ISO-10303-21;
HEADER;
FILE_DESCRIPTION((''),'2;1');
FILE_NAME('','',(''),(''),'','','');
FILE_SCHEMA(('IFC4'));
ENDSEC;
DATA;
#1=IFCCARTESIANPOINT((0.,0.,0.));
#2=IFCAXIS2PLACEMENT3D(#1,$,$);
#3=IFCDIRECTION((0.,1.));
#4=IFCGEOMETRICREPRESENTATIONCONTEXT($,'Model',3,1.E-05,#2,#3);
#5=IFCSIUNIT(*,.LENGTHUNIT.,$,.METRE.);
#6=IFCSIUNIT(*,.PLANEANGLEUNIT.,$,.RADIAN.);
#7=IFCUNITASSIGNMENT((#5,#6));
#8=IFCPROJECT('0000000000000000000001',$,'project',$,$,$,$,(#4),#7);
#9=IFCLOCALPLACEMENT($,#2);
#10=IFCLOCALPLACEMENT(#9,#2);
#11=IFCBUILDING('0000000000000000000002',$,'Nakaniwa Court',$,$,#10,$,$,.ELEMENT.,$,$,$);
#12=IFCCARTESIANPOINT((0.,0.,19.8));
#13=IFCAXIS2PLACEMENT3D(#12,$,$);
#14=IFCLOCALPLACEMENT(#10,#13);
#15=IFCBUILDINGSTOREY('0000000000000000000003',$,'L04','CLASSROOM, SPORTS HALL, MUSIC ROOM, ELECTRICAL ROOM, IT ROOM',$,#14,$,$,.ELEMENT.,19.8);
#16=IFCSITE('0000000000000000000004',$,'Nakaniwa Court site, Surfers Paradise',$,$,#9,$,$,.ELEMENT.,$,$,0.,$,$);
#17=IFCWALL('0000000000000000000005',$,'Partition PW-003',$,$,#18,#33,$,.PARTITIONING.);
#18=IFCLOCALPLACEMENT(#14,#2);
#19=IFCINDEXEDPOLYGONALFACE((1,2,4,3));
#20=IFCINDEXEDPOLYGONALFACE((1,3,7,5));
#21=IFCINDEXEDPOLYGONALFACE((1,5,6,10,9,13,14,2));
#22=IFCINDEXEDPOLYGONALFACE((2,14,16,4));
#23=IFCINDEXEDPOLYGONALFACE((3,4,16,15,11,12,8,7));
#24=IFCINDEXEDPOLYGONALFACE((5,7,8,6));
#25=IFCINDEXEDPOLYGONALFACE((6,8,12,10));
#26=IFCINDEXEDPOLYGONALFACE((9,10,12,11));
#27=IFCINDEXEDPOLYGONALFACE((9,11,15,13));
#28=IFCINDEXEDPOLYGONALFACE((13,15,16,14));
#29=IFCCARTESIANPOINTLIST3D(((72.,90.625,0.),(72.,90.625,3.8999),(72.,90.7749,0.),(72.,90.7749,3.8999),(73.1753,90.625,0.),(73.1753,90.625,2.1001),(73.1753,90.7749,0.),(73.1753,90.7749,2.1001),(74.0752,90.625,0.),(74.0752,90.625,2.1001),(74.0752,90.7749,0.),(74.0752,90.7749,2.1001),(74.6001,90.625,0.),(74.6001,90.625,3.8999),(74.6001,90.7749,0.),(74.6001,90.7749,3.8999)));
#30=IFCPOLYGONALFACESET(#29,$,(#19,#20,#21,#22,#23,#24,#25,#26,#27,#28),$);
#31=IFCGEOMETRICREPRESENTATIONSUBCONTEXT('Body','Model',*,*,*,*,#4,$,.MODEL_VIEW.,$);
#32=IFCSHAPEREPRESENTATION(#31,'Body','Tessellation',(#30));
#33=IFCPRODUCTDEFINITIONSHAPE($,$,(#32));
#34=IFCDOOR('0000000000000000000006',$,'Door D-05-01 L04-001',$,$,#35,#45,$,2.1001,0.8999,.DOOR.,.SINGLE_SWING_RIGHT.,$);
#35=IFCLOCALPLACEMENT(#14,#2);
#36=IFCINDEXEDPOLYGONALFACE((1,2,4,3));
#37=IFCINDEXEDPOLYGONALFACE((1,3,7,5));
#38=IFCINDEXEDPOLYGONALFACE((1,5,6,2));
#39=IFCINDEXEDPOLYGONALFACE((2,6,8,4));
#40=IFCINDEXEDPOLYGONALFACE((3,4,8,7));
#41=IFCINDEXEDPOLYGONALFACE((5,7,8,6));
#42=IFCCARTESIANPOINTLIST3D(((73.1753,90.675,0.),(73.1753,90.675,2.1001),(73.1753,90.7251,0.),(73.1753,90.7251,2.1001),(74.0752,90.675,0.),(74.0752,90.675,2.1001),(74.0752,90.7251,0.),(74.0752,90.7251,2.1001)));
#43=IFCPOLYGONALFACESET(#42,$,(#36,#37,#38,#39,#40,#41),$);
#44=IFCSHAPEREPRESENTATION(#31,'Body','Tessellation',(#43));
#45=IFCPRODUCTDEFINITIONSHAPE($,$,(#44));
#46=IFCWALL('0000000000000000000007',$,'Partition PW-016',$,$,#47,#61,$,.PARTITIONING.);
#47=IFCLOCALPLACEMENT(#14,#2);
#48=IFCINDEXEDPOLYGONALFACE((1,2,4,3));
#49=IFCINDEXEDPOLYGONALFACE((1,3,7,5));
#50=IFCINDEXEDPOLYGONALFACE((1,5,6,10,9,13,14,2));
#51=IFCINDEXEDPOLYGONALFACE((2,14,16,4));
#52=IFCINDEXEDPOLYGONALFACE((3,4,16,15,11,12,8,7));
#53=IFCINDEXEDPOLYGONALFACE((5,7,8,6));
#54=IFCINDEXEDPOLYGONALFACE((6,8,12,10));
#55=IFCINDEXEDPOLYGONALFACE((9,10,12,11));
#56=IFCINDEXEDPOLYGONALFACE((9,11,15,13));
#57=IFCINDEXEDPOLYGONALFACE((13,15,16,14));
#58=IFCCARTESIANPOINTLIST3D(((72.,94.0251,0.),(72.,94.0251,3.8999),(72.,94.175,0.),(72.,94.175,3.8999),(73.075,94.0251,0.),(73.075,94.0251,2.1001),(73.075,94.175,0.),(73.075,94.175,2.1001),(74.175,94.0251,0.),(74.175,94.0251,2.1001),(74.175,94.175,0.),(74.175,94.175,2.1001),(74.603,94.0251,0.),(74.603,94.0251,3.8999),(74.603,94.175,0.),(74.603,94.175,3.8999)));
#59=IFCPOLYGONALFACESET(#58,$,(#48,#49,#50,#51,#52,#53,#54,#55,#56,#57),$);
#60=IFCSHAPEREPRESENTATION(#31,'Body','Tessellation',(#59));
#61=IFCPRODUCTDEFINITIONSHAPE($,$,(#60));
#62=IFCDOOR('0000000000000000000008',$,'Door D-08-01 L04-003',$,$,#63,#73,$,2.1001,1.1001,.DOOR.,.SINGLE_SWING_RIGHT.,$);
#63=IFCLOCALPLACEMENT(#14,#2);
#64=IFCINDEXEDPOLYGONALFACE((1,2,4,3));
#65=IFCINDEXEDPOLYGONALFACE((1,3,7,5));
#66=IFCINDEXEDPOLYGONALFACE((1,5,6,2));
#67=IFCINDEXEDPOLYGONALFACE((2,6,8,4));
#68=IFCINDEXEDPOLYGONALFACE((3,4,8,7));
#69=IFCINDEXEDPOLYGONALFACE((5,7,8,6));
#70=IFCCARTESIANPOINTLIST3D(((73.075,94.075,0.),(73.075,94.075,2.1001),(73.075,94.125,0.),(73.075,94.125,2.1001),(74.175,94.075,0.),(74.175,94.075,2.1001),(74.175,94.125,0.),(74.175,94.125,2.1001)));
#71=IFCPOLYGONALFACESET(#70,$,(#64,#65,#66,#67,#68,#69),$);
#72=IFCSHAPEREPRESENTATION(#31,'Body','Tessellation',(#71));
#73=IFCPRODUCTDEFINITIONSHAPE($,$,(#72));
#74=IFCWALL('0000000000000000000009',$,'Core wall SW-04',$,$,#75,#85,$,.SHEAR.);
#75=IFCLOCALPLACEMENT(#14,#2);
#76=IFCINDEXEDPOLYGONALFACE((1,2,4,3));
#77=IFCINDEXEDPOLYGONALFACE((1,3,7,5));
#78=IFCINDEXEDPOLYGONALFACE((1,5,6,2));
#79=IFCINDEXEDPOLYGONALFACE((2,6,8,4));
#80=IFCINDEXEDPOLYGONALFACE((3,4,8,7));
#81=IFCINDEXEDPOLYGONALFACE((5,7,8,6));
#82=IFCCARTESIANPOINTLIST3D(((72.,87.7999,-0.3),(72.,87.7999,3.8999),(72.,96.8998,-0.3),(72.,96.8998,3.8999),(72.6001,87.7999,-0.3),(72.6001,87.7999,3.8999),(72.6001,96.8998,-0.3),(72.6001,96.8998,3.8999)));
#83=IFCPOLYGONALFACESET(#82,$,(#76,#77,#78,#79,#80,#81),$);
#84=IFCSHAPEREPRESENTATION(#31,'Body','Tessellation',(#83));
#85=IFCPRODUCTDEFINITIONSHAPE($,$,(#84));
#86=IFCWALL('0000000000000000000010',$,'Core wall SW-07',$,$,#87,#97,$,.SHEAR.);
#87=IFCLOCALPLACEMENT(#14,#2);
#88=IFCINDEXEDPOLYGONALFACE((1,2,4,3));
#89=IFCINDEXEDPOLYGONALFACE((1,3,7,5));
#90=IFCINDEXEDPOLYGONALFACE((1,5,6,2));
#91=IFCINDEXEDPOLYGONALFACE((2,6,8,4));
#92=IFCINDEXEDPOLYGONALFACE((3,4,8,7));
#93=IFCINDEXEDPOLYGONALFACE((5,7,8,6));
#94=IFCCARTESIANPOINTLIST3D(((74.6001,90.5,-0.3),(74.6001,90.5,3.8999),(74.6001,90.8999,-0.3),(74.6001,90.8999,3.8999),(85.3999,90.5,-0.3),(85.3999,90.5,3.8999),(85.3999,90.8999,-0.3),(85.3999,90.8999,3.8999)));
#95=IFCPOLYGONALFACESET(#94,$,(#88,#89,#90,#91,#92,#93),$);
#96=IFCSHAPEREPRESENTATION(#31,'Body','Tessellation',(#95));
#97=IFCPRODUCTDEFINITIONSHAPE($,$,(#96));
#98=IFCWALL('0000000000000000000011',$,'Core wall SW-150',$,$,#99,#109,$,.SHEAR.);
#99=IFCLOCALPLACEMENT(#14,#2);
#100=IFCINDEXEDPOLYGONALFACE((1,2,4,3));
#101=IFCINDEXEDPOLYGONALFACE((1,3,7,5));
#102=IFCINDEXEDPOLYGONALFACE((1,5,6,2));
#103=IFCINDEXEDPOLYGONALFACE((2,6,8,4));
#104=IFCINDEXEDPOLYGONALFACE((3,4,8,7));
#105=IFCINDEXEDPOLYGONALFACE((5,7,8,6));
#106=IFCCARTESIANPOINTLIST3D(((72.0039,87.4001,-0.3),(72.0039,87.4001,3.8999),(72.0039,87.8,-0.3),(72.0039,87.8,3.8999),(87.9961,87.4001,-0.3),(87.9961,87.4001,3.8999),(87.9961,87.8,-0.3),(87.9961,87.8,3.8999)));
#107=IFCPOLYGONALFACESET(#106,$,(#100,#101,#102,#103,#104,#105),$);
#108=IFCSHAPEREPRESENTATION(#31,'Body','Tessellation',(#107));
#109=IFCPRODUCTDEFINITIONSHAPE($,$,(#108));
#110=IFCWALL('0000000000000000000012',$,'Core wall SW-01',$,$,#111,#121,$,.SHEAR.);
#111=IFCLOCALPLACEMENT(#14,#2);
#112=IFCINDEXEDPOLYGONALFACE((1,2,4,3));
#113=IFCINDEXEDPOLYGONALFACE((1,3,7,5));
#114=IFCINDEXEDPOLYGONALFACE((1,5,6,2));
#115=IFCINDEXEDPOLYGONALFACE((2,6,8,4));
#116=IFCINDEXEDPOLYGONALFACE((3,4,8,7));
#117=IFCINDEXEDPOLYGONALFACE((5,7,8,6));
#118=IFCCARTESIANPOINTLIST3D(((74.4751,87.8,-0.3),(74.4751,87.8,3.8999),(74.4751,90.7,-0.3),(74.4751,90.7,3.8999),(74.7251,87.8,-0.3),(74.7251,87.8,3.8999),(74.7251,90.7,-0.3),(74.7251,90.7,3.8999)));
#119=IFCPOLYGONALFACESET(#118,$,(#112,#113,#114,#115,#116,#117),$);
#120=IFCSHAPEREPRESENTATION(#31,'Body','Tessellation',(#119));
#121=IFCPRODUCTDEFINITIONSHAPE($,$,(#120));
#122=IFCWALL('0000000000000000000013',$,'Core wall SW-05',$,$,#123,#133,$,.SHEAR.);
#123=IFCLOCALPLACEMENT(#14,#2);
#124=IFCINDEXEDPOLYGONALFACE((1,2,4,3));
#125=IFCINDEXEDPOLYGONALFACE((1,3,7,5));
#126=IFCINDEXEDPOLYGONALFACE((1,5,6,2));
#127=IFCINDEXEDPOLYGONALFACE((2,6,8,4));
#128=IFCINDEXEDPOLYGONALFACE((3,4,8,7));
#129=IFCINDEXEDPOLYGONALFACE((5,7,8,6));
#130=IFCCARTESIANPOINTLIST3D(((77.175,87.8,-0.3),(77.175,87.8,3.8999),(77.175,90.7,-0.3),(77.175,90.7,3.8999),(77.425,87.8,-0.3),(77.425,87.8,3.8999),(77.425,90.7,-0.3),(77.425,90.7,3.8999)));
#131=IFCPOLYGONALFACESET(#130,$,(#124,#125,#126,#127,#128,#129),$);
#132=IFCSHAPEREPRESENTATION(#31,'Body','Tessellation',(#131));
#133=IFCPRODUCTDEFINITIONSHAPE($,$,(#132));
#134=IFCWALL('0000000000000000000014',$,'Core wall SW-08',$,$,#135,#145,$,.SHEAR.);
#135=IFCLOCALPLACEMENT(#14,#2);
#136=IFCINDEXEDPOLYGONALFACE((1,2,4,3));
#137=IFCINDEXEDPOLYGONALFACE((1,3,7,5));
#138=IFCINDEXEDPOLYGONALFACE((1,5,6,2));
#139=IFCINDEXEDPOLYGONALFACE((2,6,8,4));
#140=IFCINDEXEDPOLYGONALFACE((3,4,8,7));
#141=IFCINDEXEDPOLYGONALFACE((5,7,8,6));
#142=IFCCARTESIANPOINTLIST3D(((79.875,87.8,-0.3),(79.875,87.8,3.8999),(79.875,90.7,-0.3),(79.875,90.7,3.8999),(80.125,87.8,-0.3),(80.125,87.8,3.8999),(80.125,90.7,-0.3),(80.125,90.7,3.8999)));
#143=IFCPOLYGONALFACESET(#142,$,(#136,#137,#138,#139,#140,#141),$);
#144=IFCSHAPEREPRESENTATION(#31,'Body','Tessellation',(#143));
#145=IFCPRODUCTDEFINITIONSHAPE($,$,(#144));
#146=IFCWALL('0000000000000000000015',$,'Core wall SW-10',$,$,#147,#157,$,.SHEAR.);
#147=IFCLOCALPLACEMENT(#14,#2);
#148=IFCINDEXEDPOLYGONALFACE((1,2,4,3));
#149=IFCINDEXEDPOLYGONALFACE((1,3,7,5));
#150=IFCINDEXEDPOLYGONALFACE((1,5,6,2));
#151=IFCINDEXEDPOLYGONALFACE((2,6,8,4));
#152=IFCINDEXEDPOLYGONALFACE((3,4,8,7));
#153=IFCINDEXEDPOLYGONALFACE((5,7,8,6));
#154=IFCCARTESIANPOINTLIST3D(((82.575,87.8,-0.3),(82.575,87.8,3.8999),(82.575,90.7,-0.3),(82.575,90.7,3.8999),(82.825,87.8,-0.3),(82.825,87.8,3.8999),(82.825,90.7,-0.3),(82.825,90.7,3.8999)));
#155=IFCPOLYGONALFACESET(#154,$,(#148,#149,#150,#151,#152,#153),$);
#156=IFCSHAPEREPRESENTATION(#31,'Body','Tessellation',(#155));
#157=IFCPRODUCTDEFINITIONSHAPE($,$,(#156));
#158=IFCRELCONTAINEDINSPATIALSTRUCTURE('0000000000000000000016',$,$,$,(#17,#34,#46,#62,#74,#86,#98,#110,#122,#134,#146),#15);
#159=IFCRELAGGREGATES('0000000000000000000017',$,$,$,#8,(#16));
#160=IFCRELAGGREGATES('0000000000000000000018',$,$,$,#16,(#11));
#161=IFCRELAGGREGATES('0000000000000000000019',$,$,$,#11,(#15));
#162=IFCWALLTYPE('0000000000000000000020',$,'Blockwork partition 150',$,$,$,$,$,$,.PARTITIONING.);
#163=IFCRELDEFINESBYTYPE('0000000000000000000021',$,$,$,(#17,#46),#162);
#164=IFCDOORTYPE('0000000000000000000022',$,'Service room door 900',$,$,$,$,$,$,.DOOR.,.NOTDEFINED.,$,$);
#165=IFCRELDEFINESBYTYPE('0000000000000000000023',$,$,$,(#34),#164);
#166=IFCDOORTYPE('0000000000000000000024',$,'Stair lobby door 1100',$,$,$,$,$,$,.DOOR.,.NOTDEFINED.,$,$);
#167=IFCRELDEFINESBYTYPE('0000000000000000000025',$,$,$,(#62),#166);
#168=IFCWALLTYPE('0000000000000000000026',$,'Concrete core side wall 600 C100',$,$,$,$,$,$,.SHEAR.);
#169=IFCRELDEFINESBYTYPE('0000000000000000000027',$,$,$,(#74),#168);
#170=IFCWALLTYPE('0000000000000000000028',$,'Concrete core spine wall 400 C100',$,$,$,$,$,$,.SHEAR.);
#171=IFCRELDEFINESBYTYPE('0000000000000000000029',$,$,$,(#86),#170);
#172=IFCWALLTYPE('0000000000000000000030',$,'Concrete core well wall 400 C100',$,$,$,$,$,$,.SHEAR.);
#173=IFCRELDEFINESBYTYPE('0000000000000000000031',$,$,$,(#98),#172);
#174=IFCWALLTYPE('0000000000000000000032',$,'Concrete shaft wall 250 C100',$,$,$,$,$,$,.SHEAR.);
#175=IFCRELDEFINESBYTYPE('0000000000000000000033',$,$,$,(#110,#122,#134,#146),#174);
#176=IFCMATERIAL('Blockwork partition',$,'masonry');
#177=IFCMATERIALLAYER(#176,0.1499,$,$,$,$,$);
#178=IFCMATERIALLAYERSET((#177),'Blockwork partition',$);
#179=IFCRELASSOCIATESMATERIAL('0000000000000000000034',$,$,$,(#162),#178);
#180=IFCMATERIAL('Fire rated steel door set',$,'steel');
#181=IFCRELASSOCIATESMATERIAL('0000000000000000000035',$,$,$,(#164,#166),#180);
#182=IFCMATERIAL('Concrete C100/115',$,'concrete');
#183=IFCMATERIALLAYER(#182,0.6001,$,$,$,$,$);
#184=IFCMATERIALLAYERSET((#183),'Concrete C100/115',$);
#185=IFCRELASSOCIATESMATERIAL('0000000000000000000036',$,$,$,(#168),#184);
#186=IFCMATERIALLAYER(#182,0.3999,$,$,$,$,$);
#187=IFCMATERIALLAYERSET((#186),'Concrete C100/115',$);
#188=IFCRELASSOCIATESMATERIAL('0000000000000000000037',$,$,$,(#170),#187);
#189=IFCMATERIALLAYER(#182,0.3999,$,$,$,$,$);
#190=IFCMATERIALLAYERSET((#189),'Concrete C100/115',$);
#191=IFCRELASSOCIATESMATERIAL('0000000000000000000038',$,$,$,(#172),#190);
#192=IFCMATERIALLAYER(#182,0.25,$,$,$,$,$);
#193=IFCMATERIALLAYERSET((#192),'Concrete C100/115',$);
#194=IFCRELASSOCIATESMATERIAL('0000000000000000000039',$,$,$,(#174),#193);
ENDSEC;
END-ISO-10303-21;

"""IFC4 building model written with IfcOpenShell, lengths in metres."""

from ifc_helpers import new_model, si_unit, direction, frame, frame_2d, origin, place, context, subcontext, project, spatial, rectangle, extrude, material, layer, layer_set, type_object, element, fill, save


model = new_model("IFC4")

# Units and contexts
model_context = context("Model", 3, precision=1e-05, world=origin(), true_north=direction((0.0, 1.0)))
body_context = subcontext(model_context, "Body", "Model", "MODEL_VIEW")
ifc_project = project(units=[si_unit("LENGTHUNIT", "METRE"), si_unit("PLANEANGLEUNIT", "RADIAN")], contexts=[model_context])

# Site, building, storey
site_placement = place(None, origin())
site = spatial("IfcSite", under=ifc_project, at=site_placement, Name="Nakaniwa Court site, Surfers Paradise", CompositionType="ELEMENT", RefElevation=0.0)
building_placement = place(site_placement, origin())
building = spatial("IfcBuilding", under=site, at=building_placement, Name="Nakaniwa Court", CompositionType="ELEMENT")
storey_placement = place(building_placement, frame((0.0, 0.0, 19.8)))
storey = spatial("IfcBuildingStorey", under=building, at=storey_placement, Name="L04", Description="CLASSROOM, SPORTS HALL, MUSIC ROOM, ELECTRICAL ROOM, IT ROOM", CompositionType="ELEMENT", Elevation=19.8)

# Shared definitions
ifc_material_1 = material(Name="Concrete C100/115", Category="concrete")

# Walls, openings, doors
ifc_material_2 = material(Name="Blockwork partition", Category="masonry")
ifc_layer_1 = layer(ifc_material_2, 0.1499)
ifc_layer_set_1 = layer_set([ifc_layer_1], Name="Blockwork partition")
wall_type_1 = type_object("IfcWallType", Name="Blockwork partition 150", PredefinedType="PARTITIONING", material=ifc_layer_set_1)
wall_1_placement = place(storey_placement, frame((74.6001, 90.7, 0.0), z_axis=(0.0, 0.0, 1.0), x_axis=(-1.0, 0.0, 0.0)))
wall_1 = element("IfcWall", 1, at=wall_1_placement, inside=storey, type_object=wall_type_1, Name="Partition PW-003", PredefinedType="PARTITIONING", context=body_context, shape_type="SweptSolid", body=[
    extrude(rectangle(XDim=2.6001, YDim=0.1499, at=frame_2d((1.3, 0.0))), origin(), (0.0, 0.0, 1.0), 3.8999),
])
opening_1_placement = place(wall_1_placement, frame((0.5249, 0.0, 0.0)))
opening_1 = element("IfcOpeningElement", 2, at=opening_1_placement, cuts=wall_1, PredefinedType="OPENING", context=body_context, shape_type="SweptSolid", body=[
    extrude(rectangle(XDim=0.8999, YDim=2.1001, at=frame_2d((0.45, 1.05))), frame((0.0, 0.085, 0.0), z_axis=(0.0, -1.0, 0.0), x_axis=(1.0, 0.0, 0.0)), (0.0, 0.0, 1.0), 0.1699),
])
ifc_material_3 = material(Name="Fire rated steel door set", Category="steel")
door_type_1 = type_object("IfcDoorType", Name="Service room door 900", OperationType="NOTDEFINED", PredefinedType="DOOR", material=ifc_material_3)
door_1_placement = place(opening_1_placement, origin())
door_1 = element("IfcDoor", 3, at=door_1_placement, inside=storey, type_object=door_type_1, Name="Door D-05-01 L04-001", OperationType="SINGLE_SWING_RIGHT", OverallHeight=2.1001, OverallWidth=0.8999, PredefinedType="DOOR", context=body_context, shape_type="SweptSolid", body=[
    extrude(rectangle(XDim=0.8999, YDim=2.1001, at=frame_2d((0.45, 1.05))), frame((0.0, 0.0249, 0.0), z_axis=(0.0, -1.0, 0.0), x_axis=(1.0, 0.0, 0.0)), (0.0, 0.0, 1.0), 0.05),
])
fill(opening_1, door_1)
wall_2_placement = place(storey_placement, frame((72.0, 94.1001, 0.0), z_axis=(0.0, 0.0, 1.0), x_axis=(1.0, 0.0, 0.0)))
wall_2 = element("IfcWall", 4, at=wall_2_placement, inside=storey, type_object=wall_type_1, Name="Partition PW-016", PredefinedType="PARTITIONING", context=body_context, shape_type="SweptSolid", body=[
    extrude(rectangle(XDim=2.603, YDim=0.1499, at=frame_2d((1.3015, 0.0))), origin(), (0.0, 0.0, 1.0), 3.8999),
])
opening_2_placement = place(wall_2_placement, frame((1.075, 0.0, 0.0)))
opening_2 = element("IfcOpeningElement", 5, at=opening_2_placement, cuts=wall_2, PredefinedType="OPENING", context=body_context, shape_type="SweptSolid", body=[
    extrude(rectangle(XDim=1.1001, YDim=2.1001, at=frame_2d((0.55, 1.05))), frame((0.0, 0.085, 0.0), z_axis=(0.0, -1.0, 0.0), x_axis=(1.0, 0.0, 0.0)), (0.0, 0.0, 1.0), 0.1699),
])
door_type_2 = type_object("IfcDoorType", Name="Stair lobby door 1100", OperationType="NOTDEFINED", PredefinedType="DOOR", material=ifc_material_3)
door_2_placement = place(opening_2_placement, origin())
door_2 = element("IfcDoor", 6, at=door_2_placement, inside=storey, type_object=door_type_2, Name="Door D-08-01 L04-003", OperationType="SINGLE_SWING_RIGHT", OverallHeight=2.1001, OverallWidth=1.1001, PredefinedType="DOOR", context=body_context, shape_type="SweptSolid", body=[
    extrude(rectangle(XDim=1.1001, YDim=2.1001, at=frame_2d((0.55, 1.05))), frame((0.0, 0.0249, 0.0), z_axis=(0.0, -1.0, 0.0), x_axis=(1.0, 0.0, 0.0)), (0.0, 0.0, 1.0), 0.05),
])
fill(opening_2, door_2)

# Walls
ifc_layer_2 = layer(ifc_material_1, 0.6001)
ifc_layer_set_2 = layer_set([ifc_layer_2], Name="Concrete C100/115")
wall_type_2 = type_object("IfcWallType", Name="Concrete core side wall 600 C100", PredefinedType="SHEAR", material=ifc_layer_set_2)
wall_3_placement = place(storey_placement, frame((72.3, 87.8, -0.3), z_axis=(0.0, 0.0, 1.0), x_axis=(0.0, 1.0, 0.0)))
element("IfcWall", 7, at=wall_3_placement, inside=storey, type_object=wall_type_2, Name="Core wall SW-04", PredefinedType="SHEAR", context=body_context, shape_type="SweptSolid", body=[
    extrude(rectangle(XDim=9.0999, YDim=0.6001, at=frame_2d((4.5498, 0.0))), origin(), (0.0, 0.0, 1.0), 4.2),
])
ifc_layer_3 = layer(ifc_material_1, 0.3999)
ifc_layer_set_3 = layer_set([ifc_layer_3], Name="Concrete C100/115")
wall_type_3 = type_object("IfcWallType", Name="Concrete core spine wall 400 C100", PredefinedType="SHEAR", material=ifc_layer_set_3)
wall_4_placement = place(storey_placement, frame((74.6001, 90.7, -0.3), z_axis=(0.0, 0.0, 1.0), x_axis=(1.0, 0.0, 0.0)))
element("IfcWall", 8, at=wall_4_placement, inside=storey, type_object=wall_type_3, Name="Core wall SW-07", PredefinedType="SHEAR", context=body_context, shape_type="SweptSolid", body=[
    extrude(rectangle(XDim=10.7998, YDim=0.3999, at=frame_2d((5.3999, 0.0))), origin(), (0.0, 0.0, 1.0), 4.2),
])
ifc_layer_4 = layer(ifc_material_1, 0.3999)
ifc_layer_set_4 = layer_set([ifc_layer_4], Name="Concrete C100/115")
wall_type_4 = type_object("IfcWallType", Name="Concrete core well wall 400 C100", PredefinedType="SHEAR", material=ifc_layer_set_4)
wall_5_placement = place(storey_placement, frame((72.0039, 87.6001, -0.3), z_axis=(0.0, 0.0, 1.0), x_axis=(1.0, 0.0, 0.0)))
element("IfcWall", 9, at=wall_5_placement, inside=storey, type_object=wall_type_4, Name="Core wall SW-150", PredefinedType="SHEAR", context=body_context, shape_type="SweptSolid", body=[
    extrude(rectangle(XDim=15.9922, YDim=0.3999, at=frame_2d((7.9961, 0.0))), origin(), (0.0, 0.0, 1.0), 4.2),
])
ifc_layer_5 = layer(ifc_material_1, 0.25)
ifc_layer_set_5 = layer_set([ifc_layer_5], Name="Concrete C100/115")
wall_type_5 = type_object("IfcWallType", Name="Concrete shaft wall 250 C100", PredefinedType="SHEAR", material=ifc_layer_set_5)
for number, where, z_axis, x_axis, name in (
    (10, (74.6001, 87.8, -0.3), (0.0, 0.0, 1.0), (0.0, 1.0, 0.0), "Core wall SW-01"),
    (11, (77.3, 87.8, -0.3), (0.0, 0.0, 1.0), (0.0, 1.0, 0.0), "Core wall SW-05"),
    (12, (80.0, 87.8, -0.3), (0.0, 0.0, 1.0), (0.0, 1.0, 0.0), "Core wall SW-08"),
    (13, (82.7, 87.8, -0.3), (0.0, 0.0, 1.0), (0.0, 1.0, 0.0), "Core wall SW-10"),
):
    element("IfcWall", number, at=place(storey_placement, frame(where, z_axis=z_axis, x_axis=x_axis)), inside=storey, type_object=wall_type_5, Name=name, PredefinedType="SHEAR", context=body_context, shape_type="SweptSolid", body=[
        extrude(rectangle(XDim=2.8999, YDim=0.25, at=frame_2d((1.45, 0.0))), origin(), (0.0, 0.0, 1.0), 4.2),
    ])

save(model, "model.ifc")
